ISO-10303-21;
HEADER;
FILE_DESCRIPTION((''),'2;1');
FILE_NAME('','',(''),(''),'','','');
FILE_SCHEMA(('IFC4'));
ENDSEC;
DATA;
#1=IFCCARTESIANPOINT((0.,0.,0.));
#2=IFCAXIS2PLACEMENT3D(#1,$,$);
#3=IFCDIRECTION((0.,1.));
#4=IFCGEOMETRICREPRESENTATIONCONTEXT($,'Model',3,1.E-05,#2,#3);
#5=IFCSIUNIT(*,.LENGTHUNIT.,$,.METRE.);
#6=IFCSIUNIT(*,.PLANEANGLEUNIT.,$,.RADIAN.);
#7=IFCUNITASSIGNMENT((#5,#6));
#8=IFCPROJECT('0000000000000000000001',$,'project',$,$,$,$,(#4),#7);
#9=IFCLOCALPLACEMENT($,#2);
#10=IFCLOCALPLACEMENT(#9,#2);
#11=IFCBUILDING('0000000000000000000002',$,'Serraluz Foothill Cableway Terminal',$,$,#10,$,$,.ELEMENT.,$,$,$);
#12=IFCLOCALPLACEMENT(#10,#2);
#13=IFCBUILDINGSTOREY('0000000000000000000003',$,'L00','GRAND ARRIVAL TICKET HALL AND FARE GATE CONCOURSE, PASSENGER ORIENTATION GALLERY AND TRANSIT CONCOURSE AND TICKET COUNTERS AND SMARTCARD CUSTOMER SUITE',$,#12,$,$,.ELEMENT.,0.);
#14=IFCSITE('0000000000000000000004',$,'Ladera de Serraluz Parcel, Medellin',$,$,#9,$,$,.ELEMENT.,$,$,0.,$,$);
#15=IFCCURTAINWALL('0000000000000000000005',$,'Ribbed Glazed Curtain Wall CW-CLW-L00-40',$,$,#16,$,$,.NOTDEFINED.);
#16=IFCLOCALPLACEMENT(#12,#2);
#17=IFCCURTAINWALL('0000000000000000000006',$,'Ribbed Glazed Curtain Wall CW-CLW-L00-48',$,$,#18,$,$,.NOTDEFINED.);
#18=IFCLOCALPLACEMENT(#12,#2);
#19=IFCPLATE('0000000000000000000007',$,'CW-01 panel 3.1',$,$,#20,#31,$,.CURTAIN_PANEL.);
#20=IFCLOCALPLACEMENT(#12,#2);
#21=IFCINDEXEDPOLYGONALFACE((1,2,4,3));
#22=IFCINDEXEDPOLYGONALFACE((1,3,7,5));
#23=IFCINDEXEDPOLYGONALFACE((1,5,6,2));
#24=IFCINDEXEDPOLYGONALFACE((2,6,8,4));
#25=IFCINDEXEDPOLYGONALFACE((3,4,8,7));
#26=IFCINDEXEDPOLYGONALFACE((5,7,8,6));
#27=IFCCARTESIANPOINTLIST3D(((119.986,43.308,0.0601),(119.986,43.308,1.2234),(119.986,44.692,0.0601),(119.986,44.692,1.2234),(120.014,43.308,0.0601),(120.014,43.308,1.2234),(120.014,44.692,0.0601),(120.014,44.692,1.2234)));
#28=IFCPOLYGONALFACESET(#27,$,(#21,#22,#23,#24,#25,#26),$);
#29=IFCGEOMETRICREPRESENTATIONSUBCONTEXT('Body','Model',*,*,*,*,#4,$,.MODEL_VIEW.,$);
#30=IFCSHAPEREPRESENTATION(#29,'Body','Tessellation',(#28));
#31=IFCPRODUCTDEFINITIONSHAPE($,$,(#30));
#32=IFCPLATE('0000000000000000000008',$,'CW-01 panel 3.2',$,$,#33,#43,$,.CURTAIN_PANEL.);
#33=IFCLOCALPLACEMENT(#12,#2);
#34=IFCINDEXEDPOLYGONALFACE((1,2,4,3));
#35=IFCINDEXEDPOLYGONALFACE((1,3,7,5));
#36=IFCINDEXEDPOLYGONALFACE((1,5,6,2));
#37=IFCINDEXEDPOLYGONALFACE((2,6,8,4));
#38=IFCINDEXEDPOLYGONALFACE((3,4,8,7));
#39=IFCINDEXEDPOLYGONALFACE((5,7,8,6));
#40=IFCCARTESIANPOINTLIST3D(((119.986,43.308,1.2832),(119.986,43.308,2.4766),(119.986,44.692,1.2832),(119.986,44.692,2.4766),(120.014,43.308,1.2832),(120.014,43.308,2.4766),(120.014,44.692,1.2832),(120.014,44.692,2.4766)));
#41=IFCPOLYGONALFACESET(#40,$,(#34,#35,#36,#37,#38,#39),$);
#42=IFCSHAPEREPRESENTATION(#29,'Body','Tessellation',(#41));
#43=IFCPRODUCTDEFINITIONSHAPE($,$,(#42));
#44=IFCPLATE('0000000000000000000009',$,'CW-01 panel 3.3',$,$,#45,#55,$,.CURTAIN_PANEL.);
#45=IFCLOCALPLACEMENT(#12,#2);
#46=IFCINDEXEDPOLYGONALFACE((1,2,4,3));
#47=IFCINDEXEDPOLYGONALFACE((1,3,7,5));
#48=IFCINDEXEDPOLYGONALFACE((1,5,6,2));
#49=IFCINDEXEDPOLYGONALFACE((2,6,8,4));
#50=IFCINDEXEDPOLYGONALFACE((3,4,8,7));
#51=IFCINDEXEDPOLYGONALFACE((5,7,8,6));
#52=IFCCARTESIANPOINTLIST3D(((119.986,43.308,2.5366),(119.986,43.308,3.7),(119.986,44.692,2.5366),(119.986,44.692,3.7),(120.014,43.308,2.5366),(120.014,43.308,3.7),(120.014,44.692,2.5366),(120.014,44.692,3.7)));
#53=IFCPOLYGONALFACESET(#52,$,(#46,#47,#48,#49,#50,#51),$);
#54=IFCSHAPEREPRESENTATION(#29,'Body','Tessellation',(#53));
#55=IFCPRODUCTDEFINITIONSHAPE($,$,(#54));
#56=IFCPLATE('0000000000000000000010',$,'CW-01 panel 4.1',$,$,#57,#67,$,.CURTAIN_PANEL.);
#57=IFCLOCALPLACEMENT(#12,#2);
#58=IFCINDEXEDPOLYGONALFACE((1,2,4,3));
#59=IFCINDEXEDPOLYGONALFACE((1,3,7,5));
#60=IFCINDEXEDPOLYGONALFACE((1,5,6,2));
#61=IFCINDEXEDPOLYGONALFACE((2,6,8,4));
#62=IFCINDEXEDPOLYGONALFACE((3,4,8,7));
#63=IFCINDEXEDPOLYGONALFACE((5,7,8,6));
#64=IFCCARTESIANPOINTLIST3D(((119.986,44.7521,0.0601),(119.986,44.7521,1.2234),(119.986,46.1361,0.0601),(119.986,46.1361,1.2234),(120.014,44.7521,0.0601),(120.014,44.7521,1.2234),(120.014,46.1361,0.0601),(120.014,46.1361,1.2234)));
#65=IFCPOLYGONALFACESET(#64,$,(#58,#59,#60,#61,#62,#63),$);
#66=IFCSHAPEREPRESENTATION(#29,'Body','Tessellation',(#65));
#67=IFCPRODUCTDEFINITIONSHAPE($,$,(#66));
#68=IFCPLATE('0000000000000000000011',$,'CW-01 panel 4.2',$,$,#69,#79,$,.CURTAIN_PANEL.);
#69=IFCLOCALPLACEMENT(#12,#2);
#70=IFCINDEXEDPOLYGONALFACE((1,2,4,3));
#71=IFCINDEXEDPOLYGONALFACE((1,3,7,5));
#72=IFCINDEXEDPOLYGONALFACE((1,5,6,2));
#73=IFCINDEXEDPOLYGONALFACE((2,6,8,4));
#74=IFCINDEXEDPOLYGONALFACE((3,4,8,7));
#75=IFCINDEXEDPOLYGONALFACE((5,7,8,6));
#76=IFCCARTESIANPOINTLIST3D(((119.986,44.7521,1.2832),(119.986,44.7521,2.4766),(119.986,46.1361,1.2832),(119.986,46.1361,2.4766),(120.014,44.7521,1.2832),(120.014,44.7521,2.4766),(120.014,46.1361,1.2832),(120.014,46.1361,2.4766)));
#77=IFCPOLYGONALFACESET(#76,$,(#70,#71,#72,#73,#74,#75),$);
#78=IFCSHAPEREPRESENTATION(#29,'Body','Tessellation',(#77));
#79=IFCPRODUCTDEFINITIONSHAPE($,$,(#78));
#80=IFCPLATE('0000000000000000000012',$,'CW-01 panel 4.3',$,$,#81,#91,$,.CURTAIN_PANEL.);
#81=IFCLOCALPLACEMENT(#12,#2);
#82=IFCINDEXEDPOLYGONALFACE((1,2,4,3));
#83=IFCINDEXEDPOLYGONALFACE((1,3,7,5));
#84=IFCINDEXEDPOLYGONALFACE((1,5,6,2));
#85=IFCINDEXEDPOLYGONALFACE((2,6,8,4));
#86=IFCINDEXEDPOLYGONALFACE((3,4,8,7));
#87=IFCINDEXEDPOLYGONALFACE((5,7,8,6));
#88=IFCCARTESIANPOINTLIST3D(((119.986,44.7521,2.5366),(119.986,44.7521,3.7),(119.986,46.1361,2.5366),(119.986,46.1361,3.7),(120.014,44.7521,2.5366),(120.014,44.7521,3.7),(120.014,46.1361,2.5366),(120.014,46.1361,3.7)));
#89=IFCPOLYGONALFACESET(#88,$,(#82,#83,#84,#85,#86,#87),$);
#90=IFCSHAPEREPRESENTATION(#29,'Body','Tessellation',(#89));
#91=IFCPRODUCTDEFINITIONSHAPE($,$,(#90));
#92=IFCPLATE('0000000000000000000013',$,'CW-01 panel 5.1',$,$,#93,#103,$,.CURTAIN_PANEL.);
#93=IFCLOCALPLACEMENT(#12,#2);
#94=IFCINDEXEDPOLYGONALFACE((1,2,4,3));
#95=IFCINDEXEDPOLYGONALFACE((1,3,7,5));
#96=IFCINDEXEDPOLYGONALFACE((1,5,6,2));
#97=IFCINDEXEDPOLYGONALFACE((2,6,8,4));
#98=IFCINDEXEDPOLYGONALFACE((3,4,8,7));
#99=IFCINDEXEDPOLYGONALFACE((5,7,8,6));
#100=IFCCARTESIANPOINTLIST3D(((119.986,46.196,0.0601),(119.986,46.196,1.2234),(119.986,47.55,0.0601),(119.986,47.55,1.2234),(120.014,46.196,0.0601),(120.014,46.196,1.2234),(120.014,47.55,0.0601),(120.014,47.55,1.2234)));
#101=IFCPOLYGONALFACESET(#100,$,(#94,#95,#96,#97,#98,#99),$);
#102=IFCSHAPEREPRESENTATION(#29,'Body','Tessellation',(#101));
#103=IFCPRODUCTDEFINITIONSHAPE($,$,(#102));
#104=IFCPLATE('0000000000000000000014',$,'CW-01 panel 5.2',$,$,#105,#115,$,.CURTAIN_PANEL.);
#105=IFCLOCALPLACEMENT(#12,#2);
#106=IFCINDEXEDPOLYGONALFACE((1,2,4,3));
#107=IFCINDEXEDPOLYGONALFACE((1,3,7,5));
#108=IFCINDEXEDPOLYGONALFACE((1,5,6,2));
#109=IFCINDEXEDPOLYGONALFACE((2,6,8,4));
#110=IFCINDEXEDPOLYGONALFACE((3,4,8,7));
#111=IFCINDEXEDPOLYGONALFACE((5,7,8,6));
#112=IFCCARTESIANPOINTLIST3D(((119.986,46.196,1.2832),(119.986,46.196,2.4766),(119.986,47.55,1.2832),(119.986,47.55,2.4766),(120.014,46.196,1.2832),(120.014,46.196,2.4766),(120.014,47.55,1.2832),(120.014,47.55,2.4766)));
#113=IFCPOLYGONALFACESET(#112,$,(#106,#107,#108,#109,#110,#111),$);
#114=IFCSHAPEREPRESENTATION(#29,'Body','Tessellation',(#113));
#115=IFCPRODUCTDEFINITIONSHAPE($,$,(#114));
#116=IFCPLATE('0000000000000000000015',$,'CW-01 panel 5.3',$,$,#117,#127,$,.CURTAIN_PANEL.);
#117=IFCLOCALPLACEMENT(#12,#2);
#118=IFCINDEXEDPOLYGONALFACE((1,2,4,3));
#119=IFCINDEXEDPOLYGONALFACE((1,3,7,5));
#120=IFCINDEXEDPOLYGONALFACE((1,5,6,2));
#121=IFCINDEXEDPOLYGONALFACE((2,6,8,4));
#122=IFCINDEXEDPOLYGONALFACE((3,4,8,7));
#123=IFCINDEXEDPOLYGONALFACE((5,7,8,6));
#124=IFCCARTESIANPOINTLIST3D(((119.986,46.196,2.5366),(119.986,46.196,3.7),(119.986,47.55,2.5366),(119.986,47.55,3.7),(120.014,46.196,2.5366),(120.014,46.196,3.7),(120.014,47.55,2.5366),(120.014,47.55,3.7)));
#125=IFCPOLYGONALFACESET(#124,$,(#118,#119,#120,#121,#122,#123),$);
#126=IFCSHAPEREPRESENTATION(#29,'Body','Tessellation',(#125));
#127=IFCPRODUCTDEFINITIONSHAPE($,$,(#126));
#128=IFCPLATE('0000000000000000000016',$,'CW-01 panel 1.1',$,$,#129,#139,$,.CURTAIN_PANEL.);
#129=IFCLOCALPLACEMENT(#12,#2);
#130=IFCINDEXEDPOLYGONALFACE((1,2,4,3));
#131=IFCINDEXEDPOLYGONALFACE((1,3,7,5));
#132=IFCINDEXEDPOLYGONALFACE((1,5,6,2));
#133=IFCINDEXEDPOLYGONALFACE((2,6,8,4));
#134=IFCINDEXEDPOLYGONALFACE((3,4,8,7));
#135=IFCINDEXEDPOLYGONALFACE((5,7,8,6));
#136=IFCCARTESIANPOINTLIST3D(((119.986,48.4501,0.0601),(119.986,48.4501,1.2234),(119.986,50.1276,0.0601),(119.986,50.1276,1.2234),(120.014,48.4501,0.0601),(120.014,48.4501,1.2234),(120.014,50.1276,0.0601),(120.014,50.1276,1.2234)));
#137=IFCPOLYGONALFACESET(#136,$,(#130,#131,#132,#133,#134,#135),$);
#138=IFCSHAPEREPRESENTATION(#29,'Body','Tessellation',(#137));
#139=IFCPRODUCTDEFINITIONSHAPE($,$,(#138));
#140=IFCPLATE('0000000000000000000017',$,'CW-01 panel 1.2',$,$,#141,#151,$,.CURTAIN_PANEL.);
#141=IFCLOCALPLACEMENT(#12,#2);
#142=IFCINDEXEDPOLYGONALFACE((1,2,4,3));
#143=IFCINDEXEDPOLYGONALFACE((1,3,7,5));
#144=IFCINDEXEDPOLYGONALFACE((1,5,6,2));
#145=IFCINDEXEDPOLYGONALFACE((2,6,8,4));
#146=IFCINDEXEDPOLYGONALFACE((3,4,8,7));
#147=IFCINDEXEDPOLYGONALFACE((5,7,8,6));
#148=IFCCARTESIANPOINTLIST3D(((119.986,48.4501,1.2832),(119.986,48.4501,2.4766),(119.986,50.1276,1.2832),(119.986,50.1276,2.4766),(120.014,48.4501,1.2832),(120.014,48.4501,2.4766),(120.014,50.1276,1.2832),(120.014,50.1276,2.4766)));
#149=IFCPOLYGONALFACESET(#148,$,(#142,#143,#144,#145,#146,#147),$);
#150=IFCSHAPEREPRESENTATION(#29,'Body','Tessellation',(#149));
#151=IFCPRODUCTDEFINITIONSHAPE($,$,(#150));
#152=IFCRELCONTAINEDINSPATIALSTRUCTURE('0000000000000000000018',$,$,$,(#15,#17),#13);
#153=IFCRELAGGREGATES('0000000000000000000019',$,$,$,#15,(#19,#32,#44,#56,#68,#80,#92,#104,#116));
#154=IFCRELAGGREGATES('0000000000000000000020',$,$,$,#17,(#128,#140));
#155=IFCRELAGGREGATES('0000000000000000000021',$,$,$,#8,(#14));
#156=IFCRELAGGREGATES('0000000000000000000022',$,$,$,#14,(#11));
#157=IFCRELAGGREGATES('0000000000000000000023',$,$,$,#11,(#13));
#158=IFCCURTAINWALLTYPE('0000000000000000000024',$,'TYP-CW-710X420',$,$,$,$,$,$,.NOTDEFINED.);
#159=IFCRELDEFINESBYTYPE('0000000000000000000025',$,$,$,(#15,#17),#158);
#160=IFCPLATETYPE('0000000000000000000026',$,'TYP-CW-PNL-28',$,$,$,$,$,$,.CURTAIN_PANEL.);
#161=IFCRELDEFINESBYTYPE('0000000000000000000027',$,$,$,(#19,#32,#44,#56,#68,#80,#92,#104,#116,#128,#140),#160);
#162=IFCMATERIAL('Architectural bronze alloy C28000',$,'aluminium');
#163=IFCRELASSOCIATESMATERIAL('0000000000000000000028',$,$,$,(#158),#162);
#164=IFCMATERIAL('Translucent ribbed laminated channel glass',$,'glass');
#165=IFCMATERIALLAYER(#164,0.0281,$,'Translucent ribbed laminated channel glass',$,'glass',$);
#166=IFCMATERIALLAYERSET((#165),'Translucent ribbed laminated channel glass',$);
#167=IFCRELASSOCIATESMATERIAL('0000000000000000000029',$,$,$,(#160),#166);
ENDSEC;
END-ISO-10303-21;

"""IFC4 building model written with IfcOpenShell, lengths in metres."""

from ifc_helpers import new_model, si_unit, direction, frame, origin, origin_2d, place, context, subcontext, project, spatial, rectangle, extrude, material, layer, layer_set, type_object, element, aggregate, save


model = new_model("IFC4")

# Units and contexts
model_context = context("Model", 3, precision=1e-05, world=origin(), true_north=direction((0.0, 1.0)))
body_context = subcontext(model_context, "Body", "Model", "MODEL_VIEW")
ifc_project = project(units=[si_unit("LENGTHUNIT", "METRE"), si_unit("PLANEANGLEUNIT", "RADIAN")], contexts=[model_context])

# Site, building, storey
site_placement = place(None, origin())
site = spatial("IfcSite", under=ifc_project, at=site_placement, Name="Ladera de Serraluz Parcel, Medellin", CompositionType="ELEMENT", RefElevation=0.0)
building_placement = place(site_placement, origin())
building = spatial("IfcBuilding", under=site, at=building_placement, Name="Serraluz Foothill Cableway Terminal", CompositionType="ELEMENT")
storey_placement = place(building_placement, origin())
storey = spatial("IfcBuildingStorey", under=building, at=storey_placement, Name="L00", Description="GRAND ARRIVAL TICKET HALL AND FARE GATE CONCOURSE, PASSENGER ORIENTATION GALLERY AND TRANSIT CONCOURSE AND TICKET COUNTERS AND SMARTCARD CUSTOMER SUITE", CompositionType="ELEMENT", Elevation=0.0)

# Curtain wall
ifc_material_1 = material(Name="Architectural bronze alloy C28000", Category="aluminium")
curtain_wall_type = type_object("IfcCurtainWallType", Name="TYP-CW-710X420", PredefinedType="NOTDEFINED", material=ifc_material_1)
curtain_wall_1_placement = place(storey_placement, origin())
curtain_wall_1 = element("IfcCurtainWall", 1, at=curtain_wall_1_placement, inside=storey, type_object=curtain_wall_type, Name="Ribbed Glazed Curtain Wall CW-CLW-L00-40", PredefinedType="NOTDEFINED")

# Curtain wall
curtain_wall_2_placement = place(storey_placement, origin())
curtain_wall_2 = element("IfcCurtainWall", 2, at=curtain_wall_2_placement, inside=storey, type_object=curtain_wall_type, Name="Ribbed Glazed Curtain Wall CW-CLW-L00-48", PredefinedType="NOTDEFINED")

# Plates
ifc_material_2 = material(Name="Translucent ribbed laminated channel glass", Category="glass")
ifc_layer = layer(ifc_material_2, 0.0281, Name="Translucent ribbed laminated channel glass", Category="glass")
ifc_layer_set = layer_set([ifc_layer], Name="Translucent ribbed laminated channel glass")
plate_type = type_object("IfcPlateType", Name="TYP-CW-PNL-28", PredefinedType="CURTAIN_PANEL", material=ifc_layer_set)
plate_1_placement = place(storey_placement, frame((120.0, 44.0, 0.0601), z_axis=(0.0, 0.0, 1.0), x_axis=(0.0, 1.0, 0.0)))
plate_1 = element("IfcPlate", 3, at=plate_1_placement, type_object=plate_type, Name="CW-01 panel 3.1", PredefinedType="CURTAIN_PANEL", context=body_context, shape_type="SweptSolid", body=[
    extrude(rectangle(XDim=1.384, YDim=0.0281, at=origin_2d()), origin(), (0.0, 0.0, 1.0), 1.1633),
])
plate_2_placement = place(storey_placement, frame((120.0, 44.0, 1.2832), z_axis=(0.0, 0.0, 1.0), x_axis=(0.0, 1.0, 0.0)))
plate_2 = element("IfcPlate", 4, at=plate_2_placement, type_object=plate_type, Name="CW-01 panel 3.2", PredefinedType="CURTAIN_PANEL", context=body_context, shape_type="SweptSolid", body=[
    extrude(rectangle(XDim=1.384, YDim=0.0281, at=origin_2d()), origin(), (0.0, 0.0, 1.0), 1.1934),
])
plate_3_placement = place(storey_placement, frame((120.0, 44.0, 2.5366), z_axis=(0.0, 0.0, 1.0), x_axis=(0.0, 1.0, 0.0)))
plate_3 = element("IfcPlate", 5, at=plate_3_placement, type_object=plate_type, Name="CW-01 panel 3.3", PredefinedType="CURTAIN_PANEL", context=body_context, shape_type="SweptSolid", body=[
    extrude(rectangle(XDim=1.384, YDim=0.0281, at=origin_2d()), origin(), (0.0, 0.0, 1.0), 1.1633),
])
plate_4_placement = place(storey_placement, frame((120.0, 45.4441, 0.0601), z_axis=(0.0, 0.0, 1.0), x_axis=(0.0, 1.0, 0.0)))
plate_4 = element("IfcPlate", 6, at=plate_4_placement, type_object=plate_type, Name="CW-01 panel 4.1", PredefinedType="CURTAIN_PANEL", context=body_context, shape_type="SweptSolid", body=[
    extrude(rectangle(XDim=1.384, YDim=0.0281, at=origin_2d()), origin(), (0.0, 0.0, 1.0), 1.1633),
])
plate_5_placement = place(storey_placement, frame((120.0, 45.4441, 1.2832), z_axis=(0.0, 0.0, 1.0), x_axis=(0.0, 1.0, 0.0)))
plate_5 = element("IfcPlate", 7, at=plate_5_placement, type_object=plate_type, Name="CW-01 panel 4.2", PredefinedType="CURTAIN_PANEL", context=body_context, shape_type="SweptSolid", body=[
    extrude(rectangle(XDim=1.384, YDim=0.0281, at=origin_2d()), origin(), (0.0, 0.0, 1.0), 1.1934),
])
plate_6_placement = place(storey_placement, frame((120.0, 45.4441, 2.5366), z_axis=(0.0, 0.0, 1.0), x_axis=(0.0, 1.0, 0.0)))
plate_6 = element("IfcPlate", 8, at=plate_6_placement, type_object=plate_type, Name="CW-01 panel 4.3", PredefinedType="CURTAIN_PANEL", context=body_context, shape_type="SweptSolid", body=[
    extrude(rectangle(XDim=1.384, YDim=0.0281, at=origin_2d()), origin(), (0.0, 0.0, 1.0), 1.1633),
])
plate_7_placement = place(storey_placement, frame((120.0, 46.873, 0.0601), z_axis=(0.0, 0.0, 1.0), x_axis=(0.0, 1.0, 0.0)))
plate_7 = element("IfcPlate", 9, at=plate_7_placement, type_object=plate_type, Name="CW-01 panel 5.1", PredefinedType="CURTAIN_PANEL", context=body_context, shape_type="SweptSolid", body=[
    extrude(rectangle(XDim=1.354, YDim=0.0281, at=origin_2d()), origin(), (0.0, 0.0, 1.0), 1.1633),
])
plate_8_placement = place(storey_placement, frame((120.0, 46.873, 1.2832), z_axis=(0.0, 0.0, 1.0), x_axis=(0.0, 1.0, 0.0)))
plate_8 = element("IfcPlate", 10, at=plate_8_placement, type_object=plate_type, Name="CW-01 panel 5.2", PredefinedType="CURTAIN_PANEL", context=body_context, shape_type="SweptSolid", body=[
    extrude(rectangle(XDim=1.354, YDim=0.0281, at=origin_2d()), origin(), (0.0, 0.0, 1.0), 1.1934),
])
plate_9_placement = place(storey_placement, frame((120.0, 46.873, 2.5366), z_axis=(0.0, 0.0, 1.0), x_axis=(0.0, 1.0, 0.0)))
plate_9 = element("IfcPlate", 11, at=plate_9_placement, type_object=plate_type, Name="CW-01 panel 5.3", PredefinedType="CURTAIN_PANEL", context=body_context, shape_type="SweptSolid", body=[
    extrude(rectangle(XDim=1.354, YDim=0.0281, at=origin_2d()), origin(), (0.0, 0.0, 1.0), 1.1633),
])
aggregate(curtain_wall_1, [plate_1, plate_2, plate_3, plate_4, plate_5, plate_6, plate_7, plate_8, plate_9])
plate_10_placement = place(storey_placement, frame((120.0, 49.2888, 0.0601), z_axis=(0.0, 0.0, 1.0), x_axis=(0.0, 1.0, 0.0)))
plate_10 = element("IfcPlate", 12, at=plate_10_placement, type_object=plate_type, Name="CW-01 panel 1.1", PredefinedType="CURTAIN_PANEL", context=body_context, shape_type="SweptSolid", body=[
    extrude(rectangle(XDim=1.6775, YDim=0.0281, at=origin_2d()), origin(), (0.0, 0.0, 1.0), 1.1633),
])
plate_11_placement = place(storey_placement, frame((120.0, 49.2888, 1.2832), z_axis=(0.0, 0.0, 1.0), x_axis=(0.0, 1.0, 0.0)))
plate_11 = element("IfcPlate", 13, at=plate_11_placement, type_object=plate_type, Name="CW-01 panel 1.2", PredefinedType="CURTAIN_PANEL", context=body_context, shape_type="SweptSolid", body=[
    extrude(rectangle(XDim=1.6775, YDim=0.0281, at=origin_2d()), origin(), (0.0, 0.0, 1.0), 1.1934),
])
aggregate(curtain_wall_2, [plate_10, plate_11])

save(model, "model.ifc")
